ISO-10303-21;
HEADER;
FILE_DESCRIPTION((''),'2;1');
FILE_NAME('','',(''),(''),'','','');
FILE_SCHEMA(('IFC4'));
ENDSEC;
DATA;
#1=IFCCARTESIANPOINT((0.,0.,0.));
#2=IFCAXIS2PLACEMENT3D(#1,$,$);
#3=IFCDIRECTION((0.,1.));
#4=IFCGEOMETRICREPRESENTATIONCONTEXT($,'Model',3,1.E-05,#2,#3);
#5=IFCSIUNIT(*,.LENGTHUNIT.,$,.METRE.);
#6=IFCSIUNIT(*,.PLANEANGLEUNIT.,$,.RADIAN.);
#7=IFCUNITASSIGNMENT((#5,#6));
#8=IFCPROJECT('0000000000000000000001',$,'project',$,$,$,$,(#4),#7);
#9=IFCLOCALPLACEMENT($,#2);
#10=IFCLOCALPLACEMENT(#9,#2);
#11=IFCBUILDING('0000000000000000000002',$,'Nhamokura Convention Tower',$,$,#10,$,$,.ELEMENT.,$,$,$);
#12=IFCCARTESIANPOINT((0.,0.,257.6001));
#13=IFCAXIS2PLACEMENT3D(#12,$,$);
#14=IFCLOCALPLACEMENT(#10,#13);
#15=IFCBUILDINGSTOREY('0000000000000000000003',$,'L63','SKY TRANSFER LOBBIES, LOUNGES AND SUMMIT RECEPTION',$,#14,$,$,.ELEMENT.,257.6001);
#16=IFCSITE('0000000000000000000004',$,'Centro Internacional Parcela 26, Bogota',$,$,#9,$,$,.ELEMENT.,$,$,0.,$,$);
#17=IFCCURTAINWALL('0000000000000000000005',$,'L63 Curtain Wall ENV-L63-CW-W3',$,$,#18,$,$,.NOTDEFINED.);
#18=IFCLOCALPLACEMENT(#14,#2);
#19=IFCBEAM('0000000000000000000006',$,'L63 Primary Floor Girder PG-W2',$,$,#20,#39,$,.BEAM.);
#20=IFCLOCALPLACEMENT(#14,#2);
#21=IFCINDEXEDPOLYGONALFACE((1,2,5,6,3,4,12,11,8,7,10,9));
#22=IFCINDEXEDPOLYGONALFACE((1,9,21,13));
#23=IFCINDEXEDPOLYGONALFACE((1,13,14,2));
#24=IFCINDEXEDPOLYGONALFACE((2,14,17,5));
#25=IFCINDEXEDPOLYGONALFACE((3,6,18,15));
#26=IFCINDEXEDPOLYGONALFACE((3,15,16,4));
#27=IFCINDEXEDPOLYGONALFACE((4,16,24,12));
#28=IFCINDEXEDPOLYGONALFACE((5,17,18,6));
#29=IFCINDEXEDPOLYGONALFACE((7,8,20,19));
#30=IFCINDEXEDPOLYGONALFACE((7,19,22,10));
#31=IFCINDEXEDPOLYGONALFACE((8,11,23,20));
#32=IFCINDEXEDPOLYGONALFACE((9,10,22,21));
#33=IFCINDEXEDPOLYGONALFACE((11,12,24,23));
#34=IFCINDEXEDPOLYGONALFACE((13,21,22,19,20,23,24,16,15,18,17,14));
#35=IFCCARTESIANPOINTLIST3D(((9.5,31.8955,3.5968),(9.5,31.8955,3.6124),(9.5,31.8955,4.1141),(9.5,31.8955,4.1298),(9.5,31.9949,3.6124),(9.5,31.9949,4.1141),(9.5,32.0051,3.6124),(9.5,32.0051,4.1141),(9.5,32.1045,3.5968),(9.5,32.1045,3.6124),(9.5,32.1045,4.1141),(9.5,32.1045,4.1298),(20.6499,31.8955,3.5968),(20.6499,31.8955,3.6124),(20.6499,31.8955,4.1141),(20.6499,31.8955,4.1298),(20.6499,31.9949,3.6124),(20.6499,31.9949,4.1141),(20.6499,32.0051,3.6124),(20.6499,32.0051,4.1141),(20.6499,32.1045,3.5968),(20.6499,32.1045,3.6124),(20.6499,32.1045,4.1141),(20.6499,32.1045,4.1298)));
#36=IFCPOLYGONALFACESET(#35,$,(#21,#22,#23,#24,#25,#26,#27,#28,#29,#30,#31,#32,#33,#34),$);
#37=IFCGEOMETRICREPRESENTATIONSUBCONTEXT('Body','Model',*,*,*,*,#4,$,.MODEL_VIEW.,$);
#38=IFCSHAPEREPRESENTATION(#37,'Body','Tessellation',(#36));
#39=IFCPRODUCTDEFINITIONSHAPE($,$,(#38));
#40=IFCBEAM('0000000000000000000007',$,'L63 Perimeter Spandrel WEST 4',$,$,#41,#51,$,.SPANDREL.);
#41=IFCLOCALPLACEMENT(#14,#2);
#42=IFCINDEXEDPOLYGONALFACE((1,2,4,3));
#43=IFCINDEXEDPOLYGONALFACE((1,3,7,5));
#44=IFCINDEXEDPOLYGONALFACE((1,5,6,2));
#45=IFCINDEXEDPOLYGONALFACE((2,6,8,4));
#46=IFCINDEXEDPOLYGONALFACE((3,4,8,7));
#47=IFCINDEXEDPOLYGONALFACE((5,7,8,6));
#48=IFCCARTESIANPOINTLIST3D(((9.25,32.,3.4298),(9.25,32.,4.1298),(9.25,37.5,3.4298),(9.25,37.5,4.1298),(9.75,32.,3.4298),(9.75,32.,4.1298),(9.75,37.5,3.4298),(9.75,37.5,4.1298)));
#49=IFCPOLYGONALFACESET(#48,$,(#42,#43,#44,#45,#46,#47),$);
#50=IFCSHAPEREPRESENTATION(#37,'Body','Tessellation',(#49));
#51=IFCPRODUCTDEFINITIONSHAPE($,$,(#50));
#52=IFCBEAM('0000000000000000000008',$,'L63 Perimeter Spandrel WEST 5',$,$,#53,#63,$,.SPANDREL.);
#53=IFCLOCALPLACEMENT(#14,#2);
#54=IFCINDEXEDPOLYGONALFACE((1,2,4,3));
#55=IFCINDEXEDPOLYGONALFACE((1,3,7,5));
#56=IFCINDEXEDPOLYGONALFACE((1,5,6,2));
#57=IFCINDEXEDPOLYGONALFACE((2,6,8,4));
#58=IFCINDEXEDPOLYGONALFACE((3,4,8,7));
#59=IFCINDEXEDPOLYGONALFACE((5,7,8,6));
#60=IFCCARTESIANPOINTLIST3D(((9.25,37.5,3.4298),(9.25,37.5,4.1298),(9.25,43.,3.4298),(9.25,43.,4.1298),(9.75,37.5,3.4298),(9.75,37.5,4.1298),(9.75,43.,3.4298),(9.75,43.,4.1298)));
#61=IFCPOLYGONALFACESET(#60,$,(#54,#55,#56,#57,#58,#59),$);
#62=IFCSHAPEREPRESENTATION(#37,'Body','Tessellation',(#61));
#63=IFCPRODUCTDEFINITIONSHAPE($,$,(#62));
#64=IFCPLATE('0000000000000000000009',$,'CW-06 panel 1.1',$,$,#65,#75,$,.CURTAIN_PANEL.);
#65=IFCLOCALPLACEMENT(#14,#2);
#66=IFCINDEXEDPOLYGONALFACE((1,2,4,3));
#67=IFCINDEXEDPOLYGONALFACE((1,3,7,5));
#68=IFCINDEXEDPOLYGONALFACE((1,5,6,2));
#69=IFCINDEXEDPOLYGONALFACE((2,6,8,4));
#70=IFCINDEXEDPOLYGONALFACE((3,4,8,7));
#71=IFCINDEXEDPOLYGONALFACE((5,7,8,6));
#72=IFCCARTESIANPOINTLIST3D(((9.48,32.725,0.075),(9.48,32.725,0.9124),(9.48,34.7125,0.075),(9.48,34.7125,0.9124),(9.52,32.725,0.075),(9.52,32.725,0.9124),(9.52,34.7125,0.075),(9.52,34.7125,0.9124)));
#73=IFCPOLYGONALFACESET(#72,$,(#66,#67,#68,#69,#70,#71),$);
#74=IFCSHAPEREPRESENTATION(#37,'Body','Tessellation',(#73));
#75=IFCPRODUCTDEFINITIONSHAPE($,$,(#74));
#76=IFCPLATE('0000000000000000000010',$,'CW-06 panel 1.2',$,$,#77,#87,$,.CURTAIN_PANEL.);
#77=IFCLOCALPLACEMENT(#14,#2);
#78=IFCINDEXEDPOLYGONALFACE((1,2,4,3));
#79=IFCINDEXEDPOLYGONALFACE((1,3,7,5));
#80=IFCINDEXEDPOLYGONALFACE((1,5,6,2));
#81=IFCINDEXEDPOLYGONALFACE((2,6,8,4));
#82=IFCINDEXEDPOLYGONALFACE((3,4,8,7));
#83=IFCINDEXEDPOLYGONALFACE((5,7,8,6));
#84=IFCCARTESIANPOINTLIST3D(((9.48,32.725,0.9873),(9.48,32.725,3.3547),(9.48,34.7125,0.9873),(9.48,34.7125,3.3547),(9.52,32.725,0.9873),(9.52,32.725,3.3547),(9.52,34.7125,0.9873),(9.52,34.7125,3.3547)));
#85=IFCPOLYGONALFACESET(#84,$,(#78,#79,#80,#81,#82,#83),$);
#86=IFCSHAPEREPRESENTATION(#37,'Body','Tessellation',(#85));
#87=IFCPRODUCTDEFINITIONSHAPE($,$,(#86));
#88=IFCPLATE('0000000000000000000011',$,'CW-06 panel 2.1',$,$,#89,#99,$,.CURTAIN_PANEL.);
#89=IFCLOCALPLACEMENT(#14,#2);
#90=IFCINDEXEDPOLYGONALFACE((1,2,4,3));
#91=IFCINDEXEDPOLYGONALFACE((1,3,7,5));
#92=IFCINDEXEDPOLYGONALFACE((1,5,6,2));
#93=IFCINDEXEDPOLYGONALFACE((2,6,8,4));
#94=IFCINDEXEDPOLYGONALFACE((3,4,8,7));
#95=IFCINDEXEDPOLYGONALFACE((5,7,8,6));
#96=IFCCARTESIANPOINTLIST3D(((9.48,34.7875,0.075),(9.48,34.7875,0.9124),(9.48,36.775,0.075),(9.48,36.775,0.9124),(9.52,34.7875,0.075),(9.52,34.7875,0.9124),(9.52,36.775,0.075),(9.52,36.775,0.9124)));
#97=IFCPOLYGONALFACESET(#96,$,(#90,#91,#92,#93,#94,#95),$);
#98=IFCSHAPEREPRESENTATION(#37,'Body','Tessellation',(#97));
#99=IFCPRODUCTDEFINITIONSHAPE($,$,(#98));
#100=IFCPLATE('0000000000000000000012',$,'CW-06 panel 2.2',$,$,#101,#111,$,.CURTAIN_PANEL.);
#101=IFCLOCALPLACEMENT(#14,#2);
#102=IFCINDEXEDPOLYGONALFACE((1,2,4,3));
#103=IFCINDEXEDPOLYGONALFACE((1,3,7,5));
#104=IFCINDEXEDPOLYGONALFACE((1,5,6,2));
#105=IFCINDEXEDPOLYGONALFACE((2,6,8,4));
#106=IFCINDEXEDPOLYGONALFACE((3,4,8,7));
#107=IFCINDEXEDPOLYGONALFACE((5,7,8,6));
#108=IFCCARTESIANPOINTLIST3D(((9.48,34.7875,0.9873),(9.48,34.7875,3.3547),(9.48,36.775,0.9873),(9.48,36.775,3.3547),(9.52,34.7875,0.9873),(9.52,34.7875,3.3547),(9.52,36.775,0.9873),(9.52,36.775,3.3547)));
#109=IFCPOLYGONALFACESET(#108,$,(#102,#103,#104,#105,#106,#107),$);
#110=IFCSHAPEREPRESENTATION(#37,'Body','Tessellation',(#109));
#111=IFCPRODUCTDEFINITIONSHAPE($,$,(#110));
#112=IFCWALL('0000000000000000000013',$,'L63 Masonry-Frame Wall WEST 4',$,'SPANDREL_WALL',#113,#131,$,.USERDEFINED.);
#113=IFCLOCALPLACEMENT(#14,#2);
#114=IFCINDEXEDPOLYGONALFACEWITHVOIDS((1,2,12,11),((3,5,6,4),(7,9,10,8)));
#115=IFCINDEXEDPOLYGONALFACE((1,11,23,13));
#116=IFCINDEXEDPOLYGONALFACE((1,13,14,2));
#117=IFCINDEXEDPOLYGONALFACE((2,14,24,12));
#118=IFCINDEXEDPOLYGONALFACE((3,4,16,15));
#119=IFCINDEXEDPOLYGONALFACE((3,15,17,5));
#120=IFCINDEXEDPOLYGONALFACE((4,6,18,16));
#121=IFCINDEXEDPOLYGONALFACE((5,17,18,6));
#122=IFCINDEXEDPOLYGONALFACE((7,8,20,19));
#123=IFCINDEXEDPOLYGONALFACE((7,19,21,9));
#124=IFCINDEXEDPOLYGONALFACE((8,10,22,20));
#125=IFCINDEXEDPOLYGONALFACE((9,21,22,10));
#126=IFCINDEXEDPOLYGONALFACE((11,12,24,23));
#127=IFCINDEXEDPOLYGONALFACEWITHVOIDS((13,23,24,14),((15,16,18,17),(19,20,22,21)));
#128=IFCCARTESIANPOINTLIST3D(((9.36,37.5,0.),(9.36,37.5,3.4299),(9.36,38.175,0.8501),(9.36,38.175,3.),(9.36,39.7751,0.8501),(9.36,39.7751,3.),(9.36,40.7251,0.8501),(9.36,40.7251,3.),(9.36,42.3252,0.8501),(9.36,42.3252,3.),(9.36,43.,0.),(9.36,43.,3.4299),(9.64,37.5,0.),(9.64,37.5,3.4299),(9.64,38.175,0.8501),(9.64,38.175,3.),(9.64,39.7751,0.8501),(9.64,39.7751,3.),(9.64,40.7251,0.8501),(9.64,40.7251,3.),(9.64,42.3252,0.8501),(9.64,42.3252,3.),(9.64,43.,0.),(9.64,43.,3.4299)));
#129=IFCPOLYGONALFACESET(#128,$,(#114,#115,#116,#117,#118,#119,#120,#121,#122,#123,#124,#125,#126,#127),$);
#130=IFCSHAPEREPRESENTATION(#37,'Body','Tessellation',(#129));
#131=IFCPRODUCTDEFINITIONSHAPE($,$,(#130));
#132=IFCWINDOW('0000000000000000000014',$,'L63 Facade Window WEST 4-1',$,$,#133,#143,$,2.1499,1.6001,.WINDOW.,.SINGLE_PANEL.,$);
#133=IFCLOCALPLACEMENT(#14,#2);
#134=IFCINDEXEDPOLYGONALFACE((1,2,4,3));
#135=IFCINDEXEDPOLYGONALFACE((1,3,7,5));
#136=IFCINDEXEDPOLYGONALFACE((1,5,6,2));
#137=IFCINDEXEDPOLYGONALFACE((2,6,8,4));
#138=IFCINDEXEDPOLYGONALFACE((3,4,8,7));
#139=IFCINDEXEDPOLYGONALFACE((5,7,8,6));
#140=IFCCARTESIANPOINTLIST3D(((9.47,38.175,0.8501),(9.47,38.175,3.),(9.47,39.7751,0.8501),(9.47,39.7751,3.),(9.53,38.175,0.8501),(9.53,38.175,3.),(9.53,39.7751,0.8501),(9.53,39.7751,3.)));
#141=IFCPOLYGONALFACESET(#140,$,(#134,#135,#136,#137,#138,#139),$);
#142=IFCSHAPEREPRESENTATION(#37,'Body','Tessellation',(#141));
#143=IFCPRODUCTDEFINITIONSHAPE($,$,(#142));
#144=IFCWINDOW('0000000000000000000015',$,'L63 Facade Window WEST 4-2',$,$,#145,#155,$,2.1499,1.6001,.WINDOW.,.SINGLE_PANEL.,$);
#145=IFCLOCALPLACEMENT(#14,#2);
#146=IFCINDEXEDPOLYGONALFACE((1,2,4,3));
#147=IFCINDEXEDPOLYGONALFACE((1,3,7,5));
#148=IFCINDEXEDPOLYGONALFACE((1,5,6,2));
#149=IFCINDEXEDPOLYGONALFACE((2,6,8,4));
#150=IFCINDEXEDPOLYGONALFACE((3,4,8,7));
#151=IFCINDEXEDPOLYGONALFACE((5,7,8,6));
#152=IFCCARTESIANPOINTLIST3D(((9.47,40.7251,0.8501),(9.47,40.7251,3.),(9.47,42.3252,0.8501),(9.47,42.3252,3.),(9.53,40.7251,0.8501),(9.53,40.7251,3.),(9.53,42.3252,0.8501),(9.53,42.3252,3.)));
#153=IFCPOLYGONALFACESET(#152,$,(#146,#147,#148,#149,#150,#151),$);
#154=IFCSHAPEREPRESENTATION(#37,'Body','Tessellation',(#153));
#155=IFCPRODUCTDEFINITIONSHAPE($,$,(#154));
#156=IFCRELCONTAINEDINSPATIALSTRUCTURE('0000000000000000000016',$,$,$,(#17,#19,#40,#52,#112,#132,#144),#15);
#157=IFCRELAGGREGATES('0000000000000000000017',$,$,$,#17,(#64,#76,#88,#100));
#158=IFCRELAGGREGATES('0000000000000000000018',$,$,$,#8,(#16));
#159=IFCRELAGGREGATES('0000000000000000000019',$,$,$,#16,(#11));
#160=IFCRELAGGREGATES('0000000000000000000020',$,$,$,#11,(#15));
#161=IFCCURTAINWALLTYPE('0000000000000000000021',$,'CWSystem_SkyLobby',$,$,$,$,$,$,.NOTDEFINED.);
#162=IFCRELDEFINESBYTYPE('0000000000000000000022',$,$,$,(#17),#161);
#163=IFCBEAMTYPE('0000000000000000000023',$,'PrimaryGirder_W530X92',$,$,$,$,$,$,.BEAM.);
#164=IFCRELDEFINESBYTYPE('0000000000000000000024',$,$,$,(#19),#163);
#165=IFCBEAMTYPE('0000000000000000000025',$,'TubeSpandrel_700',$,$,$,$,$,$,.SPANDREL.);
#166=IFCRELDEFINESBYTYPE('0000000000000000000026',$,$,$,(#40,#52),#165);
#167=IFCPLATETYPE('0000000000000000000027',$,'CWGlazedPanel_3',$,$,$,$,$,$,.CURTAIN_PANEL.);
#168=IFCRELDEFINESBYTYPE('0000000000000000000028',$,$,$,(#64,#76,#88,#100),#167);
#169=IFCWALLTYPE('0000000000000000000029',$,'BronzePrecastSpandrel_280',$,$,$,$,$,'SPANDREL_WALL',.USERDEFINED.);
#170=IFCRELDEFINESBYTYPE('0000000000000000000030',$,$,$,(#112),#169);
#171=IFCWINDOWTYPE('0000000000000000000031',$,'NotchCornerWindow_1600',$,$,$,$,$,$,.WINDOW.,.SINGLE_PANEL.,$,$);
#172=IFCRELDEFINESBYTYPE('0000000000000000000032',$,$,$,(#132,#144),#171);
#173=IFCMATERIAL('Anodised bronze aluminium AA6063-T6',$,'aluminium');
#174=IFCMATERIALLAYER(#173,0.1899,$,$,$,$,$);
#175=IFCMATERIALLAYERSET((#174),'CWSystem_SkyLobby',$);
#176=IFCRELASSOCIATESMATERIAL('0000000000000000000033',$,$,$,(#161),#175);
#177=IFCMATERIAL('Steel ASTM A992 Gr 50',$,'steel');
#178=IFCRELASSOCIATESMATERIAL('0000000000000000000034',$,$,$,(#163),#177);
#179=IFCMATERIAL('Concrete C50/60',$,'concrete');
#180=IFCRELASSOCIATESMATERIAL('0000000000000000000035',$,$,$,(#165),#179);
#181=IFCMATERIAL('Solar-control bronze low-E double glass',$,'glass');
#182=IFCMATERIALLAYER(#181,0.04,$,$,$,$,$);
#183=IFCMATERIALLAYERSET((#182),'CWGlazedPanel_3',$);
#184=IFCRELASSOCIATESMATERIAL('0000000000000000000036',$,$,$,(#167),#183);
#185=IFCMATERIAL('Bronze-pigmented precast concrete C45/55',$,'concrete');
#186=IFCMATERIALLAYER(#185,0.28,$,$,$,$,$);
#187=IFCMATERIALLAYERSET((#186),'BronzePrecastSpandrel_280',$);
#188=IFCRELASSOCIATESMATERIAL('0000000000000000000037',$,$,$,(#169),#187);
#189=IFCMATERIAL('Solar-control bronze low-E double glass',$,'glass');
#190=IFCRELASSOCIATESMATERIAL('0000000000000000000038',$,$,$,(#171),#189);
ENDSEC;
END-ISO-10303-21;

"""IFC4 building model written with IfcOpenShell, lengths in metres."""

from ifc_helpers import new_model, si_unit, direction, frame, frame_2d, origin, origin_2d, place, context, subcontext, project, spatial, rectangle, i_section, extrude, material, layer, layer_set, material_profile, profile_set, type_object, element, fill, aggregate, save


model = new_model("IFC4")

# Units and contexts
model_context = context("Model", 3, precision=1e-05, world=origin(), true_north=direction((0.0, 1.0)))
body_context = subcontext(model_context, "Body", "Model", "MODEL_VIEW")
ifc_project = project(units=[si_unit("LENGTHUNIT", "METRE"), si_unit("PLANEANGLEUNIT", "RADIAN")], contexts=[model_context])

# Site, building, storey
site_placement = place(None, origin())
site = spatial("IfcSite", under=ifc_project, at=site_placement, Name="Centro Internacional Parcela 26, Bogota", CompositionType="ELEMENT", RefElevation=0.0)
building_placement = place(site_placement, origin())
building = spatial("IfcBuilding", under=site, at=building_placement, Name="Nhamokura Convention Tower", CompositionType="ELEMENT")
storey_placement = place(building_placement, frame((0.0, 0.0, 257.6001)))
storey = spatial("IfcBuildingStorey", under=building, at=storey_placement, Name="L63", Description="SKY TRANSFER LOBBIES, LOUNGES AND SUMMIT RECEPTION", CompositionType="ELEMENT", Elevation=257.6001)

# Shared definitions
ifc_material_1 = material(Name="Anodised bronze aluminium AA6063-T6", Category="aluminium")
ifc_layer_1 = layer(ifc_material_1, 0.1899)
ifc_layer_set_1 = layer_set([ifc_layer_1], Name="CWSystem_SkyLobby")
curtain_wall_type = type_object("IfcCurtainWallType", Name="CWSystem_SkyLobby", PredefinedType="NOTDEFINED", material=ifc_layer_set_1)

# Curtain wall
curtain_wall_1_placement = place(storey_placement, origin())
curtain_wall_1 = element("IfcCurtainWall", 1, at=curtain_wall_1_placement, inside=storey, type_object=curtain_wall_type, Name="L63 Curtain Wall ENV-L63-CW-W3", PredefinedType="NOTDEFINED")

# Beams
ifc_material_2 = material(Name="Steel ASTM A992 Gr 50", Category="steel")
ifc_material_profile_1 = material_profile(ifc_material_2, i_section(OverallWidth=0.209, OverallDepth=0.533, WebThickness=0.0103, FlangeThickness=0.0156, at=origin_2d()))
ifc_profile_set_1 = profile_set([ifc_material_profile_1], Name="Steel ASTM A992 Gr 50")
beam_type_1 = type_object("IfcBeamType", Name="PrimaryGirder_W530X92", PredefinedType="BEAM", material=ifc_profile_set_1)
beam_placement = place(storey_placement, frame((9.5, 32.0, 3.8633), z_axis=(1.0, 0.0, 0.0), x_axis=(0.0, 1.0, 0.0)))
element("IfcBeam", 2, at=beam_placement, inside=storey, type_object=beam_type_1, Name="L63 Primary Floor Girder PG-W2", PredefinedType="BEAM", context=body_context, shape_type="SweptSolid", body=[
    extrude(i_section(OverallWidth=0.209, OverallDepth=0.533, WebThickness=0.0103, FlangeThickness=0.0156, at=origin_2d()), origin(), (0.0, 0.0, 1.0), 11.1499),
])
ifc_material_3 = material(Name="Concrete C50/60", Category="concrete")
ifc_material_profile_2 = material_profile(ifc_material_3, rectangle(XDim=0.5, YDim=0.7, at=origin_2d()))
ifc_profile_set_2 = profile_set([ifc_material_profile_2], Name="Concrete C50/60")
beam_type_2 = type_object("IfcBeamType", Name="TubeSpandrel_700", PredefinedType="SPANDREL", material=ifc_profile_set_2)
for number, where, z_axis, x_axis, name in (
    (3, (9.5, 32.0, 3.7798), (0.0, 1.0, 0.0), (-1.0, 0.0, 0.0), "L63 Perimeter Spandrel WEST 4"),
    (4, (9.5, 37.5, 3.7798), (0.0, 1.0, 0.0), (-1.0, 0.0, 0.0), "L63 Perimeter Spandrel WEST 5"),
):
    element("IfcBeam", number, at=place(storey_placement, frame(where, z_axis=z_axis, x_axis=x_axis)), inside=storey, type_object=beam_type_2, Name=name, PredefinedType="SPANDREL", context=body_context, shape_type="SweptSolid", body=[
        extrude(rectangle(XDim=0.5, YDim=0.7, at=origin_2d()), origin(), (0.0, 0.0, 1.0), 5.5),
    ])

# Plates
ifc_material_4 = material(Name="Solar-control bronze low-E double glass", Category="glass")
ifc_layer_2 = layer(ifc_material_4, 0.04)
ifc_layer_set_2 = layer_set([ifc_layer_2], Name="CWGlazedPanel_3")
plate_type = type_object("IfcPlateType", Name="CWGlazedPanel_3", PredefinedType="CURTAIN_PANEL", material=ifc_layer_set_2)
plate_1_placement = place(storey_placement, frame((9.5, 33.7188, 0.075), z_axis=(0.0, 0.0, 1.0), x_axis=(0.0, 1.0, 0.0)))
plate_1 = element("IfcPlate", 5, at=plate_1_placement, type_object=plate_type, Name="CW-06 panel 1.1", PredefinedType="CURTAIN_PANEL", context=body_context, shape_type="SweptSolid", body=[
    extrude(rectangle(XDim=1.9875, YDim=0.04, at=origin_2d()), origin(), (0.0, 0.0, 1.0), 0.8374),
])
plate_2_placement = place(storey_placement, frame((9.5, 33.7188, 0.9873), z_axis=(0.0, 0.0, 1.0), x_axis=(0.0, 1.0, 0.0)))
plate_2 = element("IfcPlate", 6, at=plate_2_placement, type_object=plate_type, Name="CW-06 panel 1.2", PredefinedType="CURTAIN_PANEL", context=body_context, shape_type="SweptSolid", body=[
    extrude(rectangle(XDim=1.9875, YDim=0.04, at=origin_2d()), origin(), (0.0, 0.0, 1.0), 2.3674),
])
plate_3_placement = place(storey_placement, frame((9.5, 35.7812, 0.075), z_axis=(0.0, 0.0, 1.0), x_axis=(0.0, 1.0, 0.0)))
plate_3 = element("IfcPlate", 7, at=plate_3_placement, type_object=plate_type, Name="CW-06 panel 2.1", PredefinedType="CURTAIN_PANEL", context=body_context, shape_type="SweptSolid", body=[
    extrude(rectangle(XDim=1.9875, YDim=0.04, at=origin_2d()), origin(), (0.0, 0.0, 1.0), 0.8374),
])
plate_4_placement = place(storey_placement, frame((9.5, 35.7812, 0.9873), z_axis=(0.0, 0.0, 1.0), x_axis=(0.0, 1.0, 0.0)))
plate_4 = element("IfcPlate", 8, at=plate_4_placement, type_object=plate_type, Name="CW-06 panel 2.2", PredefinedType="CURTAIN_PANEL", context=body_context, shape_type="SweptSolid", body=[
    extrude(rectangle(XDim=1.9875, YDim=0.04, at=origin_2d()), origin(), (0.0, 0.0, 1.0), 2.3674),
])
aggregate(curtain_wall_1, [plate_1, plate_2, plate_3, plate_4])

# Wall, openings, windows
ifc_material_5 = material(Name="Bronze-pigmented precast concrete C45/55", Category="concrete")
ifc_layer_3 = layer(ifc_material_5, 0.28)
ifc_layer_set_3 = layer_set([ifc_layer_3], Name="BronzePrecastSpandrel_280")
wall_type = type_object("IfcWallType", Name="BronzePrecastSpandrel_280", ElementType="SPANDREL_WALL", PredefinedType="USERDEFINED", material=ifc_layer_set_3)
wall_placement = place(storey_placement, frame((9.5, 37.5, 0.0), z_axis=(0.0, 0.0, 1.0), x_axis=(0.0, 1.0, 0.0)))
wall = element("IfcWall", 9, at=wall_placement, inside=storey, type_object=wall_type, Name="L63 Masonry-Frame Wall WEST 4", ObjectType="SPANDREL_WALL", PredefinedType="USERDEFINED", context=body_context, shape_type="SweptSolid", body=[
    extrude(rectangle(XDim=5.5, YDim=0.28, at=frame_2d((2.75, 0.0))), origin(), (0.0, 0.0, 1.0), 3.4299),
])
opening_1_placement = place(wall_placement, frame((0.675, 0.0, 0.8501)))
opening_1 = element("IfcOpeningElement", 10, at=opening_1_placement, cuts=wall, PredefinedType="OPENING", context=body_context, shape_type="SweptSolid", body=[
    extrude(rectangle(XDim=1.6001, YDim=2.1499, at=frame_2d((0.8, 1.075))), frame((0.0, 0.1499, 0.0), z_axis=(0.0, -1.0, 0.0), x_axis=(1.0, 0.0, 0.0)), (0.0, 0.0, 1.0), 0.3),
])
opening_2_placement = place(wall_placement, frame((3.2251, 0.0, 0.8501)))
opening_2 = element("IfcOpeningElement", 11, at=opening_2_placement, cuts=wall, PredefinedType="OPENING", context=body_context, shape_type="SweptSolid", body=[
    extrude(rectangle(XDim=1.6001, YDim=2.1499, at=frame_2d((0.8, 1.075))), frame((0.0, 0.1499, 0.0), z_axis=(0.0, -1.0, 0.0), x_axis=(1.0, 0.0, 0.0)), (0.0, 0.0, 1.0), 0.3),
])
ifc_material_6 = material(Name="Solar-control bronze low-E double glass", Category="glass")
window_type = type_object("IfcWindowType", Name="NotchCornerWindow_1600", PartitioningType="SINGLE_PANEL", PredefinedType="WINDOW", material=ifc_material_6)
window_1_placement = place(opening_1_placement, origin())
window_1 = element("IfcWindow", 12, at=window_1_placement, inside=storey, type_object=window_type, Name="L63 Facade Window WEST 4-1", OverallHeight=2.1499, OverallWidth=1.6001, PartitioningType="SINGLE_PANEL", PredefinedType="WINDOW", context=body_context, shape_type="SweptSolid", body=[
    extrude(rectangle(XDim=1.6001, YDim=2.1499, at=frame_2d((0.8, 1.075))), frame((0.0, 0.03, 0.0), z_axis=(0.0, -1.0, 0.0), x_axis=(1.0, 0.0, 0.0)), (0.0, 0.0, 1.0), 0.0601),
])
fill(opening_1, window_1)
window_2_placement = place(opening_2_placement, origin())
window_2 = element("IfcWindow", 13, at=window_2_placement, inside=storey, type_object=window_type, Name="L63 Facade Window WEST 4-2", OverallHeight=2.1499, OverallWidth=1.6001, PartitioningType="SINGLE_PANEL", PredefinedType="WINDOW", context=body_context, shape_type="SweptSolid", body=[
    extrude(rectangle(XDim=1.6001, YDim=2.1499, at=frame_2d((0.8, 1.075))), frame((0.0, 0.03, 0.0), z_axis=(0.0, -1.0, 0.0), x_axis=(1.0, 0.0, 0.0)), (0.0, 0.0, 1.0), 0.0601),
])
fill(opening_2, window_2)

save(model, "model.ifc")
